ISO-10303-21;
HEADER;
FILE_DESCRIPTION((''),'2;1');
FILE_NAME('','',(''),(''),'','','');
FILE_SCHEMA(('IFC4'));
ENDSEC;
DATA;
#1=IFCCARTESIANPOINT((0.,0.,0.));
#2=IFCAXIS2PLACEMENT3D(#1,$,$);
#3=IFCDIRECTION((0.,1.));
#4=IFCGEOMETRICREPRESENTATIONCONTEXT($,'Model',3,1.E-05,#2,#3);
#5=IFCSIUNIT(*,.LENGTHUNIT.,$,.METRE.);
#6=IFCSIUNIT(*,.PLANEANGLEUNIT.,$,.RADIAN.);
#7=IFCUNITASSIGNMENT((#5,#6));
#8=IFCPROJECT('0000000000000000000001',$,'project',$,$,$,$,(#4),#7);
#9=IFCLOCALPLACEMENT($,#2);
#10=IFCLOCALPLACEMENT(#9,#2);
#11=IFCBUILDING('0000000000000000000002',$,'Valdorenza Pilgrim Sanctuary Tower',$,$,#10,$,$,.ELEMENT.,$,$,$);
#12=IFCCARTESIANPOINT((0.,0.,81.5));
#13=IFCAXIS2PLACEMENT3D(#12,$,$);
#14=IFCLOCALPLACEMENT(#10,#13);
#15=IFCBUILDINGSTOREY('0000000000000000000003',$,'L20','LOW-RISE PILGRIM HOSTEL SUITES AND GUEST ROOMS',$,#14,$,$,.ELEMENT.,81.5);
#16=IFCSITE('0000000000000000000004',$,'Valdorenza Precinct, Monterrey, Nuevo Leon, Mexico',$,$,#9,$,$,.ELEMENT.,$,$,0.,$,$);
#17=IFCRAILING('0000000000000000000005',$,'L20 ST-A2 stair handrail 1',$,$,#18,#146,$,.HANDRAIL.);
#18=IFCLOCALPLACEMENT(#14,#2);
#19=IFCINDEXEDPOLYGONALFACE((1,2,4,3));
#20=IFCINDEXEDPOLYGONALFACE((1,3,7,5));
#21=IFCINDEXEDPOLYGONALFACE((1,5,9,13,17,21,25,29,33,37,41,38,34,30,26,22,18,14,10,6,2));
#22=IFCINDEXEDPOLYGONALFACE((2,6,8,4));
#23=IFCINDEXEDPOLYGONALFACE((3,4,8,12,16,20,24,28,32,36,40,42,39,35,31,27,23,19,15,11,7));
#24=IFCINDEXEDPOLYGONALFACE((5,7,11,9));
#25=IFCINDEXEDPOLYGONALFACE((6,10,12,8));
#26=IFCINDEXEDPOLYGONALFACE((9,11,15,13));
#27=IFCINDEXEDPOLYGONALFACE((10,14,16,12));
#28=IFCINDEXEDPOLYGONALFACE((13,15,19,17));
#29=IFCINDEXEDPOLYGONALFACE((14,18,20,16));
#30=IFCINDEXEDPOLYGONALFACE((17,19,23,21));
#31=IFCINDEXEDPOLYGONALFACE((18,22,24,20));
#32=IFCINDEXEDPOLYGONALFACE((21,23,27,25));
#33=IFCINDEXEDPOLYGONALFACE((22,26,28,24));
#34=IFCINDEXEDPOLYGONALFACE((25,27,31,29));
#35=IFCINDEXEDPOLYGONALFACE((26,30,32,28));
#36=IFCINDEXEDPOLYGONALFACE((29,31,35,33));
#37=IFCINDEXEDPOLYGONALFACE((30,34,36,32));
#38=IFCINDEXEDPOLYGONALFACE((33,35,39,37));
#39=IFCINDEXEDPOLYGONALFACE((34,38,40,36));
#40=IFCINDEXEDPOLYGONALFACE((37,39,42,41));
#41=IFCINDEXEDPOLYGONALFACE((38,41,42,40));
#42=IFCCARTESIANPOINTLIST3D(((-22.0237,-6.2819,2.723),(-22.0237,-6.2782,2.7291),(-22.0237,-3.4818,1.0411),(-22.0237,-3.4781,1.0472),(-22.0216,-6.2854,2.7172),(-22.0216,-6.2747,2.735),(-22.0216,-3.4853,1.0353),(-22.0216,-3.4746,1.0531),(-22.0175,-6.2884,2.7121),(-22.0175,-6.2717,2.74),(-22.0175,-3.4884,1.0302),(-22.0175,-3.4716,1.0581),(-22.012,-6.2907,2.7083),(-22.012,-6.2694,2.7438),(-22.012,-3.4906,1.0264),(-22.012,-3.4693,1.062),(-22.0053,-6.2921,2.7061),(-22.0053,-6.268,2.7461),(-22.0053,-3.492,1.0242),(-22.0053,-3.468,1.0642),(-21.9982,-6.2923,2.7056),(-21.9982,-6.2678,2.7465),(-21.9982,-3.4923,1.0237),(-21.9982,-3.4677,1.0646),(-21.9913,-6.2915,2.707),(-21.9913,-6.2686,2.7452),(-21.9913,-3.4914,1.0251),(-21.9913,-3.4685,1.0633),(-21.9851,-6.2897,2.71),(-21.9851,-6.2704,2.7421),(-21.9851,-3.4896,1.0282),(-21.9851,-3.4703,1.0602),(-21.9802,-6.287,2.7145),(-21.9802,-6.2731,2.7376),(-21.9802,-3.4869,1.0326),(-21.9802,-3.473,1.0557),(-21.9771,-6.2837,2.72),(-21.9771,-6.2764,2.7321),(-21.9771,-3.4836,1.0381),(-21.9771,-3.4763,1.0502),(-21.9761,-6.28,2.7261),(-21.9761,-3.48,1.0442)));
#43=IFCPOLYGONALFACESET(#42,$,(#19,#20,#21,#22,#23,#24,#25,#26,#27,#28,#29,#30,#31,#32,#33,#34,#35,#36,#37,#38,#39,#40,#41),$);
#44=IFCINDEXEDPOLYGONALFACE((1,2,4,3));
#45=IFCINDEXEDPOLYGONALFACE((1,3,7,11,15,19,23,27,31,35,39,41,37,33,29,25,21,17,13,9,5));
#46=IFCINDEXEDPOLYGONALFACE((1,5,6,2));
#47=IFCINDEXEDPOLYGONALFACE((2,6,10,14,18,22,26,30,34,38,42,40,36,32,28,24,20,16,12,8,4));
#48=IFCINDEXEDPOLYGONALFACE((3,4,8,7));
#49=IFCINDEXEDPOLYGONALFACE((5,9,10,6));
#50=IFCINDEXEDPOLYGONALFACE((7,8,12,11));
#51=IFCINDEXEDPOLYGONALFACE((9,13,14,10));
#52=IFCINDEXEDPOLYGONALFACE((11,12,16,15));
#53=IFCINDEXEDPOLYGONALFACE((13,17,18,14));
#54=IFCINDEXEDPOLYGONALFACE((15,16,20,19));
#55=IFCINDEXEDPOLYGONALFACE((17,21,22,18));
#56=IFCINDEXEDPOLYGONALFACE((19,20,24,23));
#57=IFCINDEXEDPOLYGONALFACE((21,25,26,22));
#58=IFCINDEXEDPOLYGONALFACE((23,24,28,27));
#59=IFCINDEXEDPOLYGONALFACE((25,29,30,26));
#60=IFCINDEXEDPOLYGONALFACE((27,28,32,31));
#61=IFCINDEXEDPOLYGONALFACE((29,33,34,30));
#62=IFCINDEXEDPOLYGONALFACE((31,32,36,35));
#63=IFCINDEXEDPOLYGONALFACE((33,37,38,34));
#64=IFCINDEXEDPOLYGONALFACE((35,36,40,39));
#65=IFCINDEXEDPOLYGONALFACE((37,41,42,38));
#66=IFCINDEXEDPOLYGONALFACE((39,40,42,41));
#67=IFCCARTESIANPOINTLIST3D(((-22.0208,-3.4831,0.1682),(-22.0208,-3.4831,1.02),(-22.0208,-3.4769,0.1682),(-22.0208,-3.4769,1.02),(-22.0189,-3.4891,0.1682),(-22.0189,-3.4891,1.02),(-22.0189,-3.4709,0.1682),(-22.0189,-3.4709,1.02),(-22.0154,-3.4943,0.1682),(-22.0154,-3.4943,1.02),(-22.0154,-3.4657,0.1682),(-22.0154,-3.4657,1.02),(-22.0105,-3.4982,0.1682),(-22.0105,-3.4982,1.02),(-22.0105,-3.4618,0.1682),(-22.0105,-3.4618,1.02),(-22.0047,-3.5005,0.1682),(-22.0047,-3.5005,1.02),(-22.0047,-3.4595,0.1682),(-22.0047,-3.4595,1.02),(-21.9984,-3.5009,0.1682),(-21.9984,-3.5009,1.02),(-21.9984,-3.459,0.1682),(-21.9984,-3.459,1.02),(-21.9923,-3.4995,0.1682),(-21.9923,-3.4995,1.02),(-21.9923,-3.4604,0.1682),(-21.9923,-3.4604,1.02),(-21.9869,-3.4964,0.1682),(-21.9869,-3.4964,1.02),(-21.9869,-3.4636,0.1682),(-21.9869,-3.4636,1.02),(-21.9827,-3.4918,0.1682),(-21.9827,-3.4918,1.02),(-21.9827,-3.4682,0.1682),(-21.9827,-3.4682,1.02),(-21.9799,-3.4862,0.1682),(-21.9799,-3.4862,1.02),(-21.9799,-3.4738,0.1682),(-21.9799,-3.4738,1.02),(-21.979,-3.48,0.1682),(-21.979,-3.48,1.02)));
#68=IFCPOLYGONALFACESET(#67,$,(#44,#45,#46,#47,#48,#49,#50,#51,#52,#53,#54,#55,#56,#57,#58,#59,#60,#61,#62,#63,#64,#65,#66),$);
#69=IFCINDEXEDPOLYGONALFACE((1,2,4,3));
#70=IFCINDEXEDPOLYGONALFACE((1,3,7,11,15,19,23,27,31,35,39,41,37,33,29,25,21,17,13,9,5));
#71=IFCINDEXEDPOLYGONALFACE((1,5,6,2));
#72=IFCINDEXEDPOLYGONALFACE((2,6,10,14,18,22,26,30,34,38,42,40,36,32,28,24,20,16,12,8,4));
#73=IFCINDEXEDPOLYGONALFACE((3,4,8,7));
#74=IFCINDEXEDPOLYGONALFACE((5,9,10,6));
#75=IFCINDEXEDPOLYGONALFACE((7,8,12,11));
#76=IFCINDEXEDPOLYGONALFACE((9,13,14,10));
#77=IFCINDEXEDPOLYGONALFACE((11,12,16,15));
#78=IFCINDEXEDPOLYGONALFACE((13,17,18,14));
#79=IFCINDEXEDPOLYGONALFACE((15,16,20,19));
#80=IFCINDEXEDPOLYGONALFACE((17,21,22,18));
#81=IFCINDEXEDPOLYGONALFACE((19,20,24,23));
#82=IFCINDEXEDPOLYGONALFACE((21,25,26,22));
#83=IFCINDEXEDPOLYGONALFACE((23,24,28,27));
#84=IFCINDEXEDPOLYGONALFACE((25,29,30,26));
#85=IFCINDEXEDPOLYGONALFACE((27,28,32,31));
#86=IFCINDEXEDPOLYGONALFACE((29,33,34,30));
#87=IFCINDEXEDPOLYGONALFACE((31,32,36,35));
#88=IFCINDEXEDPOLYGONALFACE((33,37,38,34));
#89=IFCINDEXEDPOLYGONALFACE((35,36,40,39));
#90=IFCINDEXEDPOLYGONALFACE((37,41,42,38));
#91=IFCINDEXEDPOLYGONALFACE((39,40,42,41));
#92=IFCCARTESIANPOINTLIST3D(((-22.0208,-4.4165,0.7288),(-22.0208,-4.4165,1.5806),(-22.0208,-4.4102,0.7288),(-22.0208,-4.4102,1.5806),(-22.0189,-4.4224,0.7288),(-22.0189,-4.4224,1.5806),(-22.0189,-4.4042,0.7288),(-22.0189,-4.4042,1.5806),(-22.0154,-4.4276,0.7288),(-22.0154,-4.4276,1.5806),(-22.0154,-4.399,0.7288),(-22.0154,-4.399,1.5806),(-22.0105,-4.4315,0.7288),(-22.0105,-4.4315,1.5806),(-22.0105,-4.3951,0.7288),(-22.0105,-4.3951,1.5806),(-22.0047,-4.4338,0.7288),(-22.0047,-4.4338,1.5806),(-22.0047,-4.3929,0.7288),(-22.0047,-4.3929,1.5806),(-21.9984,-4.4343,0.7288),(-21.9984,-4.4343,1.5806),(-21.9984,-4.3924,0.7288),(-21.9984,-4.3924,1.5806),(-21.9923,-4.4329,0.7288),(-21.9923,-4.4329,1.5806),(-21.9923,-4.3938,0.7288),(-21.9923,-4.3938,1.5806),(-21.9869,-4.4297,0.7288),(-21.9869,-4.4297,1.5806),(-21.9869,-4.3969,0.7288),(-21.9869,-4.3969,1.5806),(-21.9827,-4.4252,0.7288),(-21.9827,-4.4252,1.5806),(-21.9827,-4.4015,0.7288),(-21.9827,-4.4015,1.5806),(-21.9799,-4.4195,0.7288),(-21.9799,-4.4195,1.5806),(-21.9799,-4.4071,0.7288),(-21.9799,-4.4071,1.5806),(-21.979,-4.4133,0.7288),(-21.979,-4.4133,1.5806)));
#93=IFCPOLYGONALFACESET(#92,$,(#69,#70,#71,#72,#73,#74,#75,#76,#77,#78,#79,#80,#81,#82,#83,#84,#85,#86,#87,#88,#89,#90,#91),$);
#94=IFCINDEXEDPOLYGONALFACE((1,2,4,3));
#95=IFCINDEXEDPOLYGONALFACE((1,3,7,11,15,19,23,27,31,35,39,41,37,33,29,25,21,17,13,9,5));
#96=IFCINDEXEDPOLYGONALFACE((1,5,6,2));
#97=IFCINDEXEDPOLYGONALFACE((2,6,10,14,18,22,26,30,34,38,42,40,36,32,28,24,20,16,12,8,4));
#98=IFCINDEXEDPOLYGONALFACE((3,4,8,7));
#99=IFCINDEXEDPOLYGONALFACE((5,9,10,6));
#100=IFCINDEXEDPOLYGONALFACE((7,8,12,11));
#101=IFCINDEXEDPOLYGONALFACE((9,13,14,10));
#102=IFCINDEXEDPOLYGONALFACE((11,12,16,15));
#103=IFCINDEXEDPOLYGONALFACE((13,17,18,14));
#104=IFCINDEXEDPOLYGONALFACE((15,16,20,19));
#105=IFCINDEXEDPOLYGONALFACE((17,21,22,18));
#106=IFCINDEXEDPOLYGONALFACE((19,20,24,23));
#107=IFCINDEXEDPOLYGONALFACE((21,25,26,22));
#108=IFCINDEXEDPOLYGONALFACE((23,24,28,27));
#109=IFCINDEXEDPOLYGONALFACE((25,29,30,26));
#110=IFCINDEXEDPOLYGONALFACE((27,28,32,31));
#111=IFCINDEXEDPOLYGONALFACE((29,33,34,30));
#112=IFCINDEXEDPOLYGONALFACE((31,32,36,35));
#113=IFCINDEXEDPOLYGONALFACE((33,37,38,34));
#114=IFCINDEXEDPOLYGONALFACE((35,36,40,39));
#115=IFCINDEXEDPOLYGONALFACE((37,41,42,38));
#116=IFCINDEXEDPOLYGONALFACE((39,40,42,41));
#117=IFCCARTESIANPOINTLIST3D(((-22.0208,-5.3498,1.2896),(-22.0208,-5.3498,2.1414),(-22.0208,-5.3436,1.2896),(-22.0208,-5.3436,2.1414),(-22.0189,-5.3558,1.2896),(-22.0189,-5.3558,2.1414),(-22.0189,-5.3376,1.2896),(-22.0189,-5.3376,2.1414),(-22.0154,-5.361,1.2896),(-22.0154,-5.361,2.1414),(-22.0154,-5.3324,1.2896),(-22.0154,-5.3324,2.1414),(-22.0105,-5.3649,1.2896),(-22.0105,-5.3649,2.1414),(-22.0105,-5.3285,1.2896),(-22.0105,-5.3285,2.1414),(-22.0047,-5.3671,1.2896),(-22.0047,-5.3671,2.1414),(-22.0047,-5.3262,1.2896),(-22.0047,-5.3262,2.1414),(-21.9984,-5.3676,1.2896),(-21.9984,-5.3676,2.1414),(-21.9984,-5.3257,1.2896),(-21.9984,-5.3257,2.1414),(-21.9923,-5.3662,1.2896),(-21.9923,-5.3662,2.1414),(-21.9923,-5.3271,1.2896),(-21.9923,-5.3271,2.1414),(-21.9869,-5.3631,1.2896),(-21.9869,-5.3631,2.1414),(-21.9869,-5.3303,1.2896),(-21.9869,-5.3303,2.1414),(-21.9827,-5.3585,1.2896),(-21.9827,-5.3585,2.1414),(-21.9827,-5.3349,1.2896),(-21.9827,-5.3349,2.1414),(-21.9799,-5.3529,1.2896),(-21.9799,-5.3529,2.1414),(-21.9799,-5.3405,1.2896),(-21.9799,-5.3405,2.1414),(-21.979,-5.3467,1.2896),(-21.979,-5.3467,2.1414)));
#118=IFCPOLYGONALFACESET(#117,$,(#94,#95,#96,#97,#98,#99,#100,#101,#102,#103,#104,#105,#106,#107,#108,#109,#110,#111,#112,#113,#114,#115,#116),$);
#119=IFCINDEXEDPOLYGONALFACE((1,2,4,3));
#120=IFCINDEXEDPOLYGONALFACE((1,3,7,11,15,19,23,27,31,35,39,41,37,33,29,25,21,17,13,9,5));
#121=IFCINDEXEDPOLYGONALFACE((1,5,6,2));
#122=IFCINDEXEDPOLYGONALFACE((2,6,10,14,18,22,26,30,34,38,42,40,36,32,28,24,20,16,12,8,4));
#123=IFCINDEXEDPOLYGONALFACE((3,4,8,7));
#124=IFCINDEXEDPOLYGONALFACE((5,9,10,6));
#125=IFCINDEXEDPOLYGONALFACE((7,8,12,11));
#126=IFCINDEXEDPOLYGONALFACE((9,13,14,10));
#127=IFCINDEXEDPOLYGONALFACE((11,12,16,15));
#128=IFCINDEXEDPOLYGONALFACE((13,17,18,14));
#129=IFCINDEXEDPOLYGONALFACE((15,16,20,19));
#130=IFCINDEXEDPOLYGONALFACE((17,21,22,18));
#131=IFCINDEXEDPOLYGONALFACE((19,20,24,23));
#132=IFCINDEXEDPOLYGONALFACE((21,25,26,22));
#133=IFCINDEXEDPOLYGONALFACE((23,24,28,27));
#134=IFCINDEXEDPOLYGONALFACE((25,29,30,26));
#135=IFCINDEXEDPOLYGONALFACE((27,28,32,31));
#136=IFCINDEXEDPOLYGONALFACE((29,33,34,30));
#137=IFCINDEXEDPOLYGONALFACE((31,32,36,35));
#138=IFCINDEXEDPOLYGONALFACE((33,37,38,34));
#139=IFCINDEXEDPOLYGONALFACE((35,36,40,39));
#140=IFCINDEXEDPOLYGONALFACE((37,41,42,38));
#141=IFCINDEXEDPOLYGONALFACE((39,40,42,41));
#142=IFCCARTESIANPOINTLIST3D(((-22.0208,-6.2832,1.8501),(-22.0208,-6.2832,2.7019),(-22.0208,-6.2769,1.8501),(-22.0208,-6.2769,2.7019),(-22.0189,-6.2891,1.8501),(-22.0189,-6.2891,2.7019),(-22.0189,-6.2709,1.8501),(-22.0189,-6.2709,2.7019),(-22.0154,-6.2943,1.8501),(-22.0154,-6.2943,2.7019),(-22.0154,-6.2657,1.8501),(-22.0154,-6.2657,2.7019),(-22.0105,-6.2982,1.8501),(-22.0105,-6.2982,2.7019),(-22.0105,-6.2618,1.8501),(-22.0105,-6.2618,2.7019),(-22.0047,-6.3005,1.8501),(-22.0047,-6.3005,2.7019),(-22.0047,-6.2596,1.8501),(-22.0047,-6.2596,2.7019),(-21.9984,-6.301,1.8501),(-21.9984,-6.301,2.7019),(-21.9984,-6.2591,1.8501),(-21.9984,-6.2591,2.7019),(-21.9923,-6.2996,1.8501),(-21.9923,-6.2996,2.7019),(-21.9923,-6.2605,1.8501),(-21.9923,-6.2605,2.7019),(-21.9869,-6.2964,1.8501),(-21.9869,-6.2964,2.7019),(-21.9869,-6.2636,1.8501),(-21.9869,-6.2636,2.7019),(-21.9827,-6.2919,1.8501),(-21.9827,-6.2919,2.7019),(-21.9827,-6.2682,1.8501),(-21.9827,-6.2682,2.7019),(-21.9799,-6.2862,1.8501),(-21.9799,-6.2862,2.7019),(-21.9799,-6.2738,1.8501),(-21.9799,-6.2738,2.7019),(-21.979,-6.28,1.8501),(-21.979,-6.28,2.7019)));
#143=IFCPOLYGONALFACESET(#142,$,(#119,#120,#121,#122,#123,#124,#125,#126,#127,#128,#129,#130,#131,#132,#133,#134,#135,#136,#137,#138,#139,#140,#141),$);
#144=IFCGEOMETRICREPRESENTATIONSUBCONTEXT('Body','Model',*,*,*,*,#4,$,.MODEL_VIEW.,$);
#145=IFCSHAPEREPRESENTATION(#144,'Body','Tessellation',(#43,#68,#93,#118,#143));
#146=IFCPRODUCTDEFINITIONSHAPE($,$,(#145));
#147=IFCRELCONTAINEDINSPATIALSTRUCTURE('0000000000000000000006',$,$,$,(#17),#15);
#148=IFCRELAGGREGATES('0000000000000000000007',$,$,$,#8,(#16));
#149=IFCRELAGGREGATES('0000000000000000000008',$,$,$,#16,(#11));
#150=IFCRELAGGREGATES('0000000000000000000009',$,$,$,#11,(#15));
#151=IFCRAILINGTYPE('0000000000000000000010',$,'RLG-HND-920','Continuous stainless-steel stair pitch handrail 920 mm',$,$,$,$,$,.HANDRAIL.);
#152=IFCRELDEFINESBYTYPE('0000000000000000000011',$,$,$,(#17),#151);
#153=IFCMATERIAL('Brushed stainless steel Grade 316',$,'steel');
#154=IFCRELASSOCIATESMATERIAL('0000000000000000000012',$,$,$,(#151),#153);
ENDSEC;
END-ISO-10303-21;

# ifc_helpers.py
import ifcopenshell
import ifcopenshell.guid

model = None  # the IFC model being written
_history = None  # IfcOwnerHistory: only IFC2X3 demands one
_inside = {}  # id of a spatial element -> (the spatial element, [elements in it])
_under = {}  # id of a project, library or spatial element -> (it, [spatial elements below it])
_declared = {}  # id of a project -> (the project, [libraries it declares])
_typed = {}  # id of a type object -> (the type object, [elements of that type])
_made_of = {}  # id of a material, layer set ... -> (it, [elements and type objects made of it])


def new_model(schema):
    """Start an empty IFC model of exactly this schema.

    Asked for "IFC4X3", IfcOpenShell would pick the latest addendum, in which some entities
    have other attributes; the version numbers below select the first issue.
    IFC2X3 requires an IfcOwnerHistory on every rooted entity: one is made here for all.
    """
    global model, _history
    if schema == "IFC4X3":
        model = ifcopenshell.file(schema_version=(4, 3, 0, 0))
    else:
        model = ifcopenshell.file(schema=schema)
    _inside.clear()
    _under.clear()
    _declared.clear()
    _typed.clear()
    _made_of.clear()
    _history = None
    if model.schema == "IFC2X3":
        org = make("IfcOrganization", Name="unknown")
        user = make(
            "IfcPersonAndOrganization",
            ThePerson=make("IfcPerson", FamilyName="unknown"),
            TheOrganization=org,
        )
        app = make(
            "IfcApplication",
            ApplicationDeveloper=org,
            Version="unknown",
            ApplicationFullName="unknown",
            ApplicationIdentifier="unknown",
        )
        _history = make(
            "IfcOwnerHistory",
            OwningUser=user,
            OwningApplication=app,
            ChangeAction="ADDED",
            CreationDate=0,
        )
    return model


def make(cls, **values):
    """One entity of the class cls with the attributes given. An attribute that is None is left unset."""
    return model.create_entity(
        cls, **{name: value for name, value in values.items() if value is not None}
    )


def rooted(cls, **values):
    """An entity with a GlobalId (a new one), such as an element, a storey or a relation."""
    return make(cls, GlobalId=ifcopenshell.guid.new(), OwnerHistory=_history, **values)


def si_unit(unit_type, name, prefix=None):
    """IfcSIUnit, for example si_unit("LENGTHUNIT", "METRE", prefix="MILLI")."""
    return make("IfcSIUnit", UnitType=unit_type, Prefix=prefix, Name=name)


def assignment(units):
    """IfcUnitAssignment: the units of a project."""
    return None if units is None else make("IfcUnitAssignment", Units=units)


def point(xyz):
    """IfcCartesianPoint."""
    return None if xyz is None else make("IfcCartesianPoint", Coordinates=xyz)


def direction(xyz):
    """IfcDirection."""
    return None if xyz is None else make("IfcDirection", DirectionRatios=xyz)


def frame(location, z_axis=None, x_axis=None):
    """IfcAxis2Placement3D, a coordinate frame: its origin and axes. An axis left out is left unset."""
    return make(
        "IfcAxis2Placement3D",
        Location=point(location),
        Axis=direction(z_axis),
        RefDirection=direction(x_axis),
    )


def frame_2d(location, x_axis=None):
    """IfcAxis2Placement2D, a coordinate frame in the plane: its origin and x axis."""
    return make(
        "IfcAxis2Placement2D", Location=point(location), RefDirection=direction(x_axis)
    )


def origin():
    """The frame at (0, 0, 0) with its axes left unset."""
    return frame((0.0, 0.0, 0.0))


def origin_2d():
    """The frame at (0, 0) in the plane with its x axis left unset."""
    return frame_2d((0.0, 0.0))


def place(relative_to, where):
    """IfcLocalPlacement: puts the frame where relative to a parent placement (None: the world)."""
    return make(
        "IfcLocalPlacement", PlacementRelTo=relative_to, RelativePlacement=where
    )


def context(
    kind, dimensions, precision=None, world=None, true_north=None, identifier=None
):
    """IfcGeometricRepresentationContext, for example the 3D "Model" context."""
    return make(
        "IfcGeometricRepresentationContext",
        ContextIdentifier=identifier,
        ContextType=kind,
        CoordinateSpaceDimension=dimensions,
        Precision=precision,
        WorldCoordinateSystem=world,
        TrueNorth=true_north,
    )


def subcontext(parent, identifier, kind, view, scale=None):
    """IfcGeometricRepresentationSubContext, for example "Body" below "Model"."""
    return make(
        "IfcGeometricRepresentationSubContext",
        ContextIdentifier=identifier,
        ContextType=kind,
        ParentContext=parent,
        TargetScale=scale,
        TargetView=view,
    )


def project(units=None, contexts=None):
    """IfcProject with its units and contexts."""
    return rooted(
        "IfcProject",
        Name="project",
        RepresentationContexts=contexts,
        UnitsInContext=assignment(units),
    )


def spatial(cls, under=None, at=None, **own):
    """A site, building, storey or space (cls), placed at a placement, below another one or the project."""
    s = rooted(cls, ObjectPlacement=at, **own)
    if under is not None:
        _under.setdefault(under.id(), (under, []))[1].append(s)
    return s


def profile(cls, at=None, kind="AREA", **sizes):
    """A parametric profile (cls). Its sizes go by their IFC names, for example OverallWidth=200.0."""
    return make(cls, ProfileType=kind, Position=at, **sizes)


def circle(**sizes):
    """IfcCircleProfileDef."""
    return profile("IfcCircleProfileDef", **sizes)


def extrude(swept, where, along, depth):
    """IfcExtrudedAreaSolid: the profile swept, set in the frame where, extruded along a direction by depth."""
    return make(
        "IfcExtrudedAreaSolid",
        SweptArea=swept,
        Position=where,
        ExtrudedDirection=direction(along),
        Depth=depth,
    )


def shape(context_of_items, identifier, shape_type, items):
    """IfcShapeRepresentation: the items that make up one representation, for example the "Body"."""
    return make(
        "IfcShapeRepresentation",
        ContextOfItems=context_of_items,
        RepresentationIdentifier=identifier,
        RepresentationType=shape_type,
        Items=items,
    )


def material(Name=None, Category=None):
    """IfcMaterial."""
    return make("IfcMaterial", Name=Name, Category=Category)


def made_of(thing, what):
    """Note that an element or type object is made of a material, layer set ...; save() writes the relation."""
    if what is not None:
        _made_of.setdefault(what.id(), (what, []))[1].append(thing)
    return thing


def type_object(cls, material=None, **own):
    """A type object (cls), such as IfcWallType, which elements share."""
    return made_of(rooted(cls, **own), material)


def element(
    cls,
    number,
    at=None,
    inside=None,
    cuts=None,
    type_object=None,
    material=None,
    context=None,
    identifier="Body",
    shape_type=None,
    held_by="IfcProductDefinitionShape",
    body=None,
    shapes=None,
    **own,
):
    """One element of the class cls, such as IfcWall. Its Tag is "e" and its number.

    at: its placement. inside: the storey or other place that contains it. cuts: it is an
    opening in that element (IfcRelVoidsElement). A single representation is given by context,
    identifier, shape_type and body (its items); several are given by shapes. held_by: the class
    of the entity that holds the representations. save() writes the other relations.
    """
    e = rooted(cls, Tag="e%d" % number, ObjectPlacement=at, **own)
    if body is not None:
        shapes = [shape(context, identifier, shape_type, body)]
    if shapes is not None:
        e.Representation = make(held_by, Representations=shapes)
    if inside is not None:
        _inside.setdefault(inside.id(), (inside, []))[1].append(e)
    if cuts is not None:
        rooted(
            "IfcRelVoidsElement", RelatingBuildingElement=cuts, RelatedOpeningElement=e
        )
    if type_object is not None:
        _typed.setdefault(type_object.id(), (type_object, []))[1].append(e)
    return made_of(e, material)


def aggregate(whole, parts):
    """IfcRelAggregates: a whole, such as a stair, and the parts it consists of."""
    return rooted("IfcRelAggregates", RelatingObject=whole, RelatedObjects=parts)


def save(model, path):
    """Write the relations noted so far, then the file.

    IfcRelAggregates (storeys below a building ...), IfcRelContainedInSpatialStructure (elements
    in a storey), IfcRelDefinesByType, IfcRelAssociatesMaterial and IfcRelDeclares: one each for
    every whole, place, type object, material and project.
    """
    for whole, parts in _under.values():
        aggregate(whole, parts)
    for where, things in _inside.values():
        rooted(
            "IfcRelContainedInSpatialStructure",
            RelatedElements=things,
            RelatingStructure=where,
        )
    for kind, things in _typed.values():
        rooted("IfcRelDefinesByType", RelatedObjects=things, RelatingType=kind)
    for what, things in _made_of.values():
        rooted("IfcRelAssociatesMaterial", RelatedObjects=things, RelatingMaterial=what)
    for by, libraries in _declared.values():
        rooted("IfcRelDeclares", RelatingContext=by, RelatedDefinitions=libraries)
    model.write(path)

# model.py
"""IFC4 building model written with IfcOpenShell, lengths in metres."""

from ifc_helpers import new_model, si_unit, direction, frame, origin, origin_2d, place, context, subcontext, project, spatial, circle, extrude, material, type_object, element, save


model = new_model("IFC4")

# Units and contexts
model_context = context("Model", 3, precision=1e-05, world=origin(), true_north=direction((0.0, 1.0)))
body_context = subcontext(model_context, "Body", "Model", "MODEL_VIEW")
ifc_project = project(units=[si_unit("LENGTHUNIT", "METRE"), si_unit("PLANEANGLEUNIT", "RADIAN")], contexts=[model_context])

# Site, building, storey
site_placement = place(None, origin())
site = spatial("IfcSite", under=ifc_project, at=site_placement, Name="Valdorenza Precinct, Monterrey, Nuevo Leon, Mexico", CompositionType="ELEMENT", RefElevation=0.0)
building_placement = place(site_placement, origin())
building = spatial("IfcBuilding", under=site, at=building_placement, Name="Valdorenza Pilgrim Sanctuary Tower", CompositionType="ELEMENT")
storey_placement = place(building_placement, frame((0.0, 0.0, 81.5)))
storey = spatial("IfcBuildingStorey", under=building, at=storey_placement, Name="L20", Description="LOW-RISE PILGRIM HOSTEL SUITES AND GUEST ROOMS", CompositionType="ELEMENT", Elevation=81.5)

# Shared definitions
ifc_material_1 = material(Name="Brushed stainless steel Grade 316", Category="steel")

# Railing
railing_type_1 = type_object("IfcRailingType", Name="RLG-HND-920", Description="Continuous stainless-steel stair pitch handrail 920 mm", PredefinedType="HANDRAIL", material=ifc_material_1)
railing_1_placement = place(storey_placement, frame((-22.0, -3.48, 0.1682)))
element("IfcRailing", 1, at=railing_1_placement, inside=storey, type_object=railing_type_1, Name="L20 ST-A2 stair handrail 1", PredefinedType="HANDRAIL", context=body_context, shape_type="SweptSolid", body=[
    extrude(circle(Radius=0.0239, at=origin_2d()), frame((0.0, 0.0, 0.876), z_axis=(0.0, -0.857242, 0.514913), x_axis=(1.0, 0.0, 0.0)), (0.0, 0.0, 1.0), 3.2664),
    extrude(circle(Radius=0.021, at=origin_2d()), origin(), (0.0, 0.0, 1.0), 0.8518),
    extrude(circle(Radius=0.021, at=origin_2d()), frame((0.0, -0.9333, 0.5605)), (0.0, 0.0, 1.0), 0.8518),
    extrude(circle(Radius=0.021, at=origin_2d()), frame((0.0, -1.8667, 1.1213)), (0.0, 0.0, 1.0), 0.8518),
    extrude(circle(Radius=0.021, at=origin_2d()), frame((0.0, -2.8, 1.6819)), (0.0, 0.0, 1.0), 0.8518),
])

save(model, "model.ifc")
